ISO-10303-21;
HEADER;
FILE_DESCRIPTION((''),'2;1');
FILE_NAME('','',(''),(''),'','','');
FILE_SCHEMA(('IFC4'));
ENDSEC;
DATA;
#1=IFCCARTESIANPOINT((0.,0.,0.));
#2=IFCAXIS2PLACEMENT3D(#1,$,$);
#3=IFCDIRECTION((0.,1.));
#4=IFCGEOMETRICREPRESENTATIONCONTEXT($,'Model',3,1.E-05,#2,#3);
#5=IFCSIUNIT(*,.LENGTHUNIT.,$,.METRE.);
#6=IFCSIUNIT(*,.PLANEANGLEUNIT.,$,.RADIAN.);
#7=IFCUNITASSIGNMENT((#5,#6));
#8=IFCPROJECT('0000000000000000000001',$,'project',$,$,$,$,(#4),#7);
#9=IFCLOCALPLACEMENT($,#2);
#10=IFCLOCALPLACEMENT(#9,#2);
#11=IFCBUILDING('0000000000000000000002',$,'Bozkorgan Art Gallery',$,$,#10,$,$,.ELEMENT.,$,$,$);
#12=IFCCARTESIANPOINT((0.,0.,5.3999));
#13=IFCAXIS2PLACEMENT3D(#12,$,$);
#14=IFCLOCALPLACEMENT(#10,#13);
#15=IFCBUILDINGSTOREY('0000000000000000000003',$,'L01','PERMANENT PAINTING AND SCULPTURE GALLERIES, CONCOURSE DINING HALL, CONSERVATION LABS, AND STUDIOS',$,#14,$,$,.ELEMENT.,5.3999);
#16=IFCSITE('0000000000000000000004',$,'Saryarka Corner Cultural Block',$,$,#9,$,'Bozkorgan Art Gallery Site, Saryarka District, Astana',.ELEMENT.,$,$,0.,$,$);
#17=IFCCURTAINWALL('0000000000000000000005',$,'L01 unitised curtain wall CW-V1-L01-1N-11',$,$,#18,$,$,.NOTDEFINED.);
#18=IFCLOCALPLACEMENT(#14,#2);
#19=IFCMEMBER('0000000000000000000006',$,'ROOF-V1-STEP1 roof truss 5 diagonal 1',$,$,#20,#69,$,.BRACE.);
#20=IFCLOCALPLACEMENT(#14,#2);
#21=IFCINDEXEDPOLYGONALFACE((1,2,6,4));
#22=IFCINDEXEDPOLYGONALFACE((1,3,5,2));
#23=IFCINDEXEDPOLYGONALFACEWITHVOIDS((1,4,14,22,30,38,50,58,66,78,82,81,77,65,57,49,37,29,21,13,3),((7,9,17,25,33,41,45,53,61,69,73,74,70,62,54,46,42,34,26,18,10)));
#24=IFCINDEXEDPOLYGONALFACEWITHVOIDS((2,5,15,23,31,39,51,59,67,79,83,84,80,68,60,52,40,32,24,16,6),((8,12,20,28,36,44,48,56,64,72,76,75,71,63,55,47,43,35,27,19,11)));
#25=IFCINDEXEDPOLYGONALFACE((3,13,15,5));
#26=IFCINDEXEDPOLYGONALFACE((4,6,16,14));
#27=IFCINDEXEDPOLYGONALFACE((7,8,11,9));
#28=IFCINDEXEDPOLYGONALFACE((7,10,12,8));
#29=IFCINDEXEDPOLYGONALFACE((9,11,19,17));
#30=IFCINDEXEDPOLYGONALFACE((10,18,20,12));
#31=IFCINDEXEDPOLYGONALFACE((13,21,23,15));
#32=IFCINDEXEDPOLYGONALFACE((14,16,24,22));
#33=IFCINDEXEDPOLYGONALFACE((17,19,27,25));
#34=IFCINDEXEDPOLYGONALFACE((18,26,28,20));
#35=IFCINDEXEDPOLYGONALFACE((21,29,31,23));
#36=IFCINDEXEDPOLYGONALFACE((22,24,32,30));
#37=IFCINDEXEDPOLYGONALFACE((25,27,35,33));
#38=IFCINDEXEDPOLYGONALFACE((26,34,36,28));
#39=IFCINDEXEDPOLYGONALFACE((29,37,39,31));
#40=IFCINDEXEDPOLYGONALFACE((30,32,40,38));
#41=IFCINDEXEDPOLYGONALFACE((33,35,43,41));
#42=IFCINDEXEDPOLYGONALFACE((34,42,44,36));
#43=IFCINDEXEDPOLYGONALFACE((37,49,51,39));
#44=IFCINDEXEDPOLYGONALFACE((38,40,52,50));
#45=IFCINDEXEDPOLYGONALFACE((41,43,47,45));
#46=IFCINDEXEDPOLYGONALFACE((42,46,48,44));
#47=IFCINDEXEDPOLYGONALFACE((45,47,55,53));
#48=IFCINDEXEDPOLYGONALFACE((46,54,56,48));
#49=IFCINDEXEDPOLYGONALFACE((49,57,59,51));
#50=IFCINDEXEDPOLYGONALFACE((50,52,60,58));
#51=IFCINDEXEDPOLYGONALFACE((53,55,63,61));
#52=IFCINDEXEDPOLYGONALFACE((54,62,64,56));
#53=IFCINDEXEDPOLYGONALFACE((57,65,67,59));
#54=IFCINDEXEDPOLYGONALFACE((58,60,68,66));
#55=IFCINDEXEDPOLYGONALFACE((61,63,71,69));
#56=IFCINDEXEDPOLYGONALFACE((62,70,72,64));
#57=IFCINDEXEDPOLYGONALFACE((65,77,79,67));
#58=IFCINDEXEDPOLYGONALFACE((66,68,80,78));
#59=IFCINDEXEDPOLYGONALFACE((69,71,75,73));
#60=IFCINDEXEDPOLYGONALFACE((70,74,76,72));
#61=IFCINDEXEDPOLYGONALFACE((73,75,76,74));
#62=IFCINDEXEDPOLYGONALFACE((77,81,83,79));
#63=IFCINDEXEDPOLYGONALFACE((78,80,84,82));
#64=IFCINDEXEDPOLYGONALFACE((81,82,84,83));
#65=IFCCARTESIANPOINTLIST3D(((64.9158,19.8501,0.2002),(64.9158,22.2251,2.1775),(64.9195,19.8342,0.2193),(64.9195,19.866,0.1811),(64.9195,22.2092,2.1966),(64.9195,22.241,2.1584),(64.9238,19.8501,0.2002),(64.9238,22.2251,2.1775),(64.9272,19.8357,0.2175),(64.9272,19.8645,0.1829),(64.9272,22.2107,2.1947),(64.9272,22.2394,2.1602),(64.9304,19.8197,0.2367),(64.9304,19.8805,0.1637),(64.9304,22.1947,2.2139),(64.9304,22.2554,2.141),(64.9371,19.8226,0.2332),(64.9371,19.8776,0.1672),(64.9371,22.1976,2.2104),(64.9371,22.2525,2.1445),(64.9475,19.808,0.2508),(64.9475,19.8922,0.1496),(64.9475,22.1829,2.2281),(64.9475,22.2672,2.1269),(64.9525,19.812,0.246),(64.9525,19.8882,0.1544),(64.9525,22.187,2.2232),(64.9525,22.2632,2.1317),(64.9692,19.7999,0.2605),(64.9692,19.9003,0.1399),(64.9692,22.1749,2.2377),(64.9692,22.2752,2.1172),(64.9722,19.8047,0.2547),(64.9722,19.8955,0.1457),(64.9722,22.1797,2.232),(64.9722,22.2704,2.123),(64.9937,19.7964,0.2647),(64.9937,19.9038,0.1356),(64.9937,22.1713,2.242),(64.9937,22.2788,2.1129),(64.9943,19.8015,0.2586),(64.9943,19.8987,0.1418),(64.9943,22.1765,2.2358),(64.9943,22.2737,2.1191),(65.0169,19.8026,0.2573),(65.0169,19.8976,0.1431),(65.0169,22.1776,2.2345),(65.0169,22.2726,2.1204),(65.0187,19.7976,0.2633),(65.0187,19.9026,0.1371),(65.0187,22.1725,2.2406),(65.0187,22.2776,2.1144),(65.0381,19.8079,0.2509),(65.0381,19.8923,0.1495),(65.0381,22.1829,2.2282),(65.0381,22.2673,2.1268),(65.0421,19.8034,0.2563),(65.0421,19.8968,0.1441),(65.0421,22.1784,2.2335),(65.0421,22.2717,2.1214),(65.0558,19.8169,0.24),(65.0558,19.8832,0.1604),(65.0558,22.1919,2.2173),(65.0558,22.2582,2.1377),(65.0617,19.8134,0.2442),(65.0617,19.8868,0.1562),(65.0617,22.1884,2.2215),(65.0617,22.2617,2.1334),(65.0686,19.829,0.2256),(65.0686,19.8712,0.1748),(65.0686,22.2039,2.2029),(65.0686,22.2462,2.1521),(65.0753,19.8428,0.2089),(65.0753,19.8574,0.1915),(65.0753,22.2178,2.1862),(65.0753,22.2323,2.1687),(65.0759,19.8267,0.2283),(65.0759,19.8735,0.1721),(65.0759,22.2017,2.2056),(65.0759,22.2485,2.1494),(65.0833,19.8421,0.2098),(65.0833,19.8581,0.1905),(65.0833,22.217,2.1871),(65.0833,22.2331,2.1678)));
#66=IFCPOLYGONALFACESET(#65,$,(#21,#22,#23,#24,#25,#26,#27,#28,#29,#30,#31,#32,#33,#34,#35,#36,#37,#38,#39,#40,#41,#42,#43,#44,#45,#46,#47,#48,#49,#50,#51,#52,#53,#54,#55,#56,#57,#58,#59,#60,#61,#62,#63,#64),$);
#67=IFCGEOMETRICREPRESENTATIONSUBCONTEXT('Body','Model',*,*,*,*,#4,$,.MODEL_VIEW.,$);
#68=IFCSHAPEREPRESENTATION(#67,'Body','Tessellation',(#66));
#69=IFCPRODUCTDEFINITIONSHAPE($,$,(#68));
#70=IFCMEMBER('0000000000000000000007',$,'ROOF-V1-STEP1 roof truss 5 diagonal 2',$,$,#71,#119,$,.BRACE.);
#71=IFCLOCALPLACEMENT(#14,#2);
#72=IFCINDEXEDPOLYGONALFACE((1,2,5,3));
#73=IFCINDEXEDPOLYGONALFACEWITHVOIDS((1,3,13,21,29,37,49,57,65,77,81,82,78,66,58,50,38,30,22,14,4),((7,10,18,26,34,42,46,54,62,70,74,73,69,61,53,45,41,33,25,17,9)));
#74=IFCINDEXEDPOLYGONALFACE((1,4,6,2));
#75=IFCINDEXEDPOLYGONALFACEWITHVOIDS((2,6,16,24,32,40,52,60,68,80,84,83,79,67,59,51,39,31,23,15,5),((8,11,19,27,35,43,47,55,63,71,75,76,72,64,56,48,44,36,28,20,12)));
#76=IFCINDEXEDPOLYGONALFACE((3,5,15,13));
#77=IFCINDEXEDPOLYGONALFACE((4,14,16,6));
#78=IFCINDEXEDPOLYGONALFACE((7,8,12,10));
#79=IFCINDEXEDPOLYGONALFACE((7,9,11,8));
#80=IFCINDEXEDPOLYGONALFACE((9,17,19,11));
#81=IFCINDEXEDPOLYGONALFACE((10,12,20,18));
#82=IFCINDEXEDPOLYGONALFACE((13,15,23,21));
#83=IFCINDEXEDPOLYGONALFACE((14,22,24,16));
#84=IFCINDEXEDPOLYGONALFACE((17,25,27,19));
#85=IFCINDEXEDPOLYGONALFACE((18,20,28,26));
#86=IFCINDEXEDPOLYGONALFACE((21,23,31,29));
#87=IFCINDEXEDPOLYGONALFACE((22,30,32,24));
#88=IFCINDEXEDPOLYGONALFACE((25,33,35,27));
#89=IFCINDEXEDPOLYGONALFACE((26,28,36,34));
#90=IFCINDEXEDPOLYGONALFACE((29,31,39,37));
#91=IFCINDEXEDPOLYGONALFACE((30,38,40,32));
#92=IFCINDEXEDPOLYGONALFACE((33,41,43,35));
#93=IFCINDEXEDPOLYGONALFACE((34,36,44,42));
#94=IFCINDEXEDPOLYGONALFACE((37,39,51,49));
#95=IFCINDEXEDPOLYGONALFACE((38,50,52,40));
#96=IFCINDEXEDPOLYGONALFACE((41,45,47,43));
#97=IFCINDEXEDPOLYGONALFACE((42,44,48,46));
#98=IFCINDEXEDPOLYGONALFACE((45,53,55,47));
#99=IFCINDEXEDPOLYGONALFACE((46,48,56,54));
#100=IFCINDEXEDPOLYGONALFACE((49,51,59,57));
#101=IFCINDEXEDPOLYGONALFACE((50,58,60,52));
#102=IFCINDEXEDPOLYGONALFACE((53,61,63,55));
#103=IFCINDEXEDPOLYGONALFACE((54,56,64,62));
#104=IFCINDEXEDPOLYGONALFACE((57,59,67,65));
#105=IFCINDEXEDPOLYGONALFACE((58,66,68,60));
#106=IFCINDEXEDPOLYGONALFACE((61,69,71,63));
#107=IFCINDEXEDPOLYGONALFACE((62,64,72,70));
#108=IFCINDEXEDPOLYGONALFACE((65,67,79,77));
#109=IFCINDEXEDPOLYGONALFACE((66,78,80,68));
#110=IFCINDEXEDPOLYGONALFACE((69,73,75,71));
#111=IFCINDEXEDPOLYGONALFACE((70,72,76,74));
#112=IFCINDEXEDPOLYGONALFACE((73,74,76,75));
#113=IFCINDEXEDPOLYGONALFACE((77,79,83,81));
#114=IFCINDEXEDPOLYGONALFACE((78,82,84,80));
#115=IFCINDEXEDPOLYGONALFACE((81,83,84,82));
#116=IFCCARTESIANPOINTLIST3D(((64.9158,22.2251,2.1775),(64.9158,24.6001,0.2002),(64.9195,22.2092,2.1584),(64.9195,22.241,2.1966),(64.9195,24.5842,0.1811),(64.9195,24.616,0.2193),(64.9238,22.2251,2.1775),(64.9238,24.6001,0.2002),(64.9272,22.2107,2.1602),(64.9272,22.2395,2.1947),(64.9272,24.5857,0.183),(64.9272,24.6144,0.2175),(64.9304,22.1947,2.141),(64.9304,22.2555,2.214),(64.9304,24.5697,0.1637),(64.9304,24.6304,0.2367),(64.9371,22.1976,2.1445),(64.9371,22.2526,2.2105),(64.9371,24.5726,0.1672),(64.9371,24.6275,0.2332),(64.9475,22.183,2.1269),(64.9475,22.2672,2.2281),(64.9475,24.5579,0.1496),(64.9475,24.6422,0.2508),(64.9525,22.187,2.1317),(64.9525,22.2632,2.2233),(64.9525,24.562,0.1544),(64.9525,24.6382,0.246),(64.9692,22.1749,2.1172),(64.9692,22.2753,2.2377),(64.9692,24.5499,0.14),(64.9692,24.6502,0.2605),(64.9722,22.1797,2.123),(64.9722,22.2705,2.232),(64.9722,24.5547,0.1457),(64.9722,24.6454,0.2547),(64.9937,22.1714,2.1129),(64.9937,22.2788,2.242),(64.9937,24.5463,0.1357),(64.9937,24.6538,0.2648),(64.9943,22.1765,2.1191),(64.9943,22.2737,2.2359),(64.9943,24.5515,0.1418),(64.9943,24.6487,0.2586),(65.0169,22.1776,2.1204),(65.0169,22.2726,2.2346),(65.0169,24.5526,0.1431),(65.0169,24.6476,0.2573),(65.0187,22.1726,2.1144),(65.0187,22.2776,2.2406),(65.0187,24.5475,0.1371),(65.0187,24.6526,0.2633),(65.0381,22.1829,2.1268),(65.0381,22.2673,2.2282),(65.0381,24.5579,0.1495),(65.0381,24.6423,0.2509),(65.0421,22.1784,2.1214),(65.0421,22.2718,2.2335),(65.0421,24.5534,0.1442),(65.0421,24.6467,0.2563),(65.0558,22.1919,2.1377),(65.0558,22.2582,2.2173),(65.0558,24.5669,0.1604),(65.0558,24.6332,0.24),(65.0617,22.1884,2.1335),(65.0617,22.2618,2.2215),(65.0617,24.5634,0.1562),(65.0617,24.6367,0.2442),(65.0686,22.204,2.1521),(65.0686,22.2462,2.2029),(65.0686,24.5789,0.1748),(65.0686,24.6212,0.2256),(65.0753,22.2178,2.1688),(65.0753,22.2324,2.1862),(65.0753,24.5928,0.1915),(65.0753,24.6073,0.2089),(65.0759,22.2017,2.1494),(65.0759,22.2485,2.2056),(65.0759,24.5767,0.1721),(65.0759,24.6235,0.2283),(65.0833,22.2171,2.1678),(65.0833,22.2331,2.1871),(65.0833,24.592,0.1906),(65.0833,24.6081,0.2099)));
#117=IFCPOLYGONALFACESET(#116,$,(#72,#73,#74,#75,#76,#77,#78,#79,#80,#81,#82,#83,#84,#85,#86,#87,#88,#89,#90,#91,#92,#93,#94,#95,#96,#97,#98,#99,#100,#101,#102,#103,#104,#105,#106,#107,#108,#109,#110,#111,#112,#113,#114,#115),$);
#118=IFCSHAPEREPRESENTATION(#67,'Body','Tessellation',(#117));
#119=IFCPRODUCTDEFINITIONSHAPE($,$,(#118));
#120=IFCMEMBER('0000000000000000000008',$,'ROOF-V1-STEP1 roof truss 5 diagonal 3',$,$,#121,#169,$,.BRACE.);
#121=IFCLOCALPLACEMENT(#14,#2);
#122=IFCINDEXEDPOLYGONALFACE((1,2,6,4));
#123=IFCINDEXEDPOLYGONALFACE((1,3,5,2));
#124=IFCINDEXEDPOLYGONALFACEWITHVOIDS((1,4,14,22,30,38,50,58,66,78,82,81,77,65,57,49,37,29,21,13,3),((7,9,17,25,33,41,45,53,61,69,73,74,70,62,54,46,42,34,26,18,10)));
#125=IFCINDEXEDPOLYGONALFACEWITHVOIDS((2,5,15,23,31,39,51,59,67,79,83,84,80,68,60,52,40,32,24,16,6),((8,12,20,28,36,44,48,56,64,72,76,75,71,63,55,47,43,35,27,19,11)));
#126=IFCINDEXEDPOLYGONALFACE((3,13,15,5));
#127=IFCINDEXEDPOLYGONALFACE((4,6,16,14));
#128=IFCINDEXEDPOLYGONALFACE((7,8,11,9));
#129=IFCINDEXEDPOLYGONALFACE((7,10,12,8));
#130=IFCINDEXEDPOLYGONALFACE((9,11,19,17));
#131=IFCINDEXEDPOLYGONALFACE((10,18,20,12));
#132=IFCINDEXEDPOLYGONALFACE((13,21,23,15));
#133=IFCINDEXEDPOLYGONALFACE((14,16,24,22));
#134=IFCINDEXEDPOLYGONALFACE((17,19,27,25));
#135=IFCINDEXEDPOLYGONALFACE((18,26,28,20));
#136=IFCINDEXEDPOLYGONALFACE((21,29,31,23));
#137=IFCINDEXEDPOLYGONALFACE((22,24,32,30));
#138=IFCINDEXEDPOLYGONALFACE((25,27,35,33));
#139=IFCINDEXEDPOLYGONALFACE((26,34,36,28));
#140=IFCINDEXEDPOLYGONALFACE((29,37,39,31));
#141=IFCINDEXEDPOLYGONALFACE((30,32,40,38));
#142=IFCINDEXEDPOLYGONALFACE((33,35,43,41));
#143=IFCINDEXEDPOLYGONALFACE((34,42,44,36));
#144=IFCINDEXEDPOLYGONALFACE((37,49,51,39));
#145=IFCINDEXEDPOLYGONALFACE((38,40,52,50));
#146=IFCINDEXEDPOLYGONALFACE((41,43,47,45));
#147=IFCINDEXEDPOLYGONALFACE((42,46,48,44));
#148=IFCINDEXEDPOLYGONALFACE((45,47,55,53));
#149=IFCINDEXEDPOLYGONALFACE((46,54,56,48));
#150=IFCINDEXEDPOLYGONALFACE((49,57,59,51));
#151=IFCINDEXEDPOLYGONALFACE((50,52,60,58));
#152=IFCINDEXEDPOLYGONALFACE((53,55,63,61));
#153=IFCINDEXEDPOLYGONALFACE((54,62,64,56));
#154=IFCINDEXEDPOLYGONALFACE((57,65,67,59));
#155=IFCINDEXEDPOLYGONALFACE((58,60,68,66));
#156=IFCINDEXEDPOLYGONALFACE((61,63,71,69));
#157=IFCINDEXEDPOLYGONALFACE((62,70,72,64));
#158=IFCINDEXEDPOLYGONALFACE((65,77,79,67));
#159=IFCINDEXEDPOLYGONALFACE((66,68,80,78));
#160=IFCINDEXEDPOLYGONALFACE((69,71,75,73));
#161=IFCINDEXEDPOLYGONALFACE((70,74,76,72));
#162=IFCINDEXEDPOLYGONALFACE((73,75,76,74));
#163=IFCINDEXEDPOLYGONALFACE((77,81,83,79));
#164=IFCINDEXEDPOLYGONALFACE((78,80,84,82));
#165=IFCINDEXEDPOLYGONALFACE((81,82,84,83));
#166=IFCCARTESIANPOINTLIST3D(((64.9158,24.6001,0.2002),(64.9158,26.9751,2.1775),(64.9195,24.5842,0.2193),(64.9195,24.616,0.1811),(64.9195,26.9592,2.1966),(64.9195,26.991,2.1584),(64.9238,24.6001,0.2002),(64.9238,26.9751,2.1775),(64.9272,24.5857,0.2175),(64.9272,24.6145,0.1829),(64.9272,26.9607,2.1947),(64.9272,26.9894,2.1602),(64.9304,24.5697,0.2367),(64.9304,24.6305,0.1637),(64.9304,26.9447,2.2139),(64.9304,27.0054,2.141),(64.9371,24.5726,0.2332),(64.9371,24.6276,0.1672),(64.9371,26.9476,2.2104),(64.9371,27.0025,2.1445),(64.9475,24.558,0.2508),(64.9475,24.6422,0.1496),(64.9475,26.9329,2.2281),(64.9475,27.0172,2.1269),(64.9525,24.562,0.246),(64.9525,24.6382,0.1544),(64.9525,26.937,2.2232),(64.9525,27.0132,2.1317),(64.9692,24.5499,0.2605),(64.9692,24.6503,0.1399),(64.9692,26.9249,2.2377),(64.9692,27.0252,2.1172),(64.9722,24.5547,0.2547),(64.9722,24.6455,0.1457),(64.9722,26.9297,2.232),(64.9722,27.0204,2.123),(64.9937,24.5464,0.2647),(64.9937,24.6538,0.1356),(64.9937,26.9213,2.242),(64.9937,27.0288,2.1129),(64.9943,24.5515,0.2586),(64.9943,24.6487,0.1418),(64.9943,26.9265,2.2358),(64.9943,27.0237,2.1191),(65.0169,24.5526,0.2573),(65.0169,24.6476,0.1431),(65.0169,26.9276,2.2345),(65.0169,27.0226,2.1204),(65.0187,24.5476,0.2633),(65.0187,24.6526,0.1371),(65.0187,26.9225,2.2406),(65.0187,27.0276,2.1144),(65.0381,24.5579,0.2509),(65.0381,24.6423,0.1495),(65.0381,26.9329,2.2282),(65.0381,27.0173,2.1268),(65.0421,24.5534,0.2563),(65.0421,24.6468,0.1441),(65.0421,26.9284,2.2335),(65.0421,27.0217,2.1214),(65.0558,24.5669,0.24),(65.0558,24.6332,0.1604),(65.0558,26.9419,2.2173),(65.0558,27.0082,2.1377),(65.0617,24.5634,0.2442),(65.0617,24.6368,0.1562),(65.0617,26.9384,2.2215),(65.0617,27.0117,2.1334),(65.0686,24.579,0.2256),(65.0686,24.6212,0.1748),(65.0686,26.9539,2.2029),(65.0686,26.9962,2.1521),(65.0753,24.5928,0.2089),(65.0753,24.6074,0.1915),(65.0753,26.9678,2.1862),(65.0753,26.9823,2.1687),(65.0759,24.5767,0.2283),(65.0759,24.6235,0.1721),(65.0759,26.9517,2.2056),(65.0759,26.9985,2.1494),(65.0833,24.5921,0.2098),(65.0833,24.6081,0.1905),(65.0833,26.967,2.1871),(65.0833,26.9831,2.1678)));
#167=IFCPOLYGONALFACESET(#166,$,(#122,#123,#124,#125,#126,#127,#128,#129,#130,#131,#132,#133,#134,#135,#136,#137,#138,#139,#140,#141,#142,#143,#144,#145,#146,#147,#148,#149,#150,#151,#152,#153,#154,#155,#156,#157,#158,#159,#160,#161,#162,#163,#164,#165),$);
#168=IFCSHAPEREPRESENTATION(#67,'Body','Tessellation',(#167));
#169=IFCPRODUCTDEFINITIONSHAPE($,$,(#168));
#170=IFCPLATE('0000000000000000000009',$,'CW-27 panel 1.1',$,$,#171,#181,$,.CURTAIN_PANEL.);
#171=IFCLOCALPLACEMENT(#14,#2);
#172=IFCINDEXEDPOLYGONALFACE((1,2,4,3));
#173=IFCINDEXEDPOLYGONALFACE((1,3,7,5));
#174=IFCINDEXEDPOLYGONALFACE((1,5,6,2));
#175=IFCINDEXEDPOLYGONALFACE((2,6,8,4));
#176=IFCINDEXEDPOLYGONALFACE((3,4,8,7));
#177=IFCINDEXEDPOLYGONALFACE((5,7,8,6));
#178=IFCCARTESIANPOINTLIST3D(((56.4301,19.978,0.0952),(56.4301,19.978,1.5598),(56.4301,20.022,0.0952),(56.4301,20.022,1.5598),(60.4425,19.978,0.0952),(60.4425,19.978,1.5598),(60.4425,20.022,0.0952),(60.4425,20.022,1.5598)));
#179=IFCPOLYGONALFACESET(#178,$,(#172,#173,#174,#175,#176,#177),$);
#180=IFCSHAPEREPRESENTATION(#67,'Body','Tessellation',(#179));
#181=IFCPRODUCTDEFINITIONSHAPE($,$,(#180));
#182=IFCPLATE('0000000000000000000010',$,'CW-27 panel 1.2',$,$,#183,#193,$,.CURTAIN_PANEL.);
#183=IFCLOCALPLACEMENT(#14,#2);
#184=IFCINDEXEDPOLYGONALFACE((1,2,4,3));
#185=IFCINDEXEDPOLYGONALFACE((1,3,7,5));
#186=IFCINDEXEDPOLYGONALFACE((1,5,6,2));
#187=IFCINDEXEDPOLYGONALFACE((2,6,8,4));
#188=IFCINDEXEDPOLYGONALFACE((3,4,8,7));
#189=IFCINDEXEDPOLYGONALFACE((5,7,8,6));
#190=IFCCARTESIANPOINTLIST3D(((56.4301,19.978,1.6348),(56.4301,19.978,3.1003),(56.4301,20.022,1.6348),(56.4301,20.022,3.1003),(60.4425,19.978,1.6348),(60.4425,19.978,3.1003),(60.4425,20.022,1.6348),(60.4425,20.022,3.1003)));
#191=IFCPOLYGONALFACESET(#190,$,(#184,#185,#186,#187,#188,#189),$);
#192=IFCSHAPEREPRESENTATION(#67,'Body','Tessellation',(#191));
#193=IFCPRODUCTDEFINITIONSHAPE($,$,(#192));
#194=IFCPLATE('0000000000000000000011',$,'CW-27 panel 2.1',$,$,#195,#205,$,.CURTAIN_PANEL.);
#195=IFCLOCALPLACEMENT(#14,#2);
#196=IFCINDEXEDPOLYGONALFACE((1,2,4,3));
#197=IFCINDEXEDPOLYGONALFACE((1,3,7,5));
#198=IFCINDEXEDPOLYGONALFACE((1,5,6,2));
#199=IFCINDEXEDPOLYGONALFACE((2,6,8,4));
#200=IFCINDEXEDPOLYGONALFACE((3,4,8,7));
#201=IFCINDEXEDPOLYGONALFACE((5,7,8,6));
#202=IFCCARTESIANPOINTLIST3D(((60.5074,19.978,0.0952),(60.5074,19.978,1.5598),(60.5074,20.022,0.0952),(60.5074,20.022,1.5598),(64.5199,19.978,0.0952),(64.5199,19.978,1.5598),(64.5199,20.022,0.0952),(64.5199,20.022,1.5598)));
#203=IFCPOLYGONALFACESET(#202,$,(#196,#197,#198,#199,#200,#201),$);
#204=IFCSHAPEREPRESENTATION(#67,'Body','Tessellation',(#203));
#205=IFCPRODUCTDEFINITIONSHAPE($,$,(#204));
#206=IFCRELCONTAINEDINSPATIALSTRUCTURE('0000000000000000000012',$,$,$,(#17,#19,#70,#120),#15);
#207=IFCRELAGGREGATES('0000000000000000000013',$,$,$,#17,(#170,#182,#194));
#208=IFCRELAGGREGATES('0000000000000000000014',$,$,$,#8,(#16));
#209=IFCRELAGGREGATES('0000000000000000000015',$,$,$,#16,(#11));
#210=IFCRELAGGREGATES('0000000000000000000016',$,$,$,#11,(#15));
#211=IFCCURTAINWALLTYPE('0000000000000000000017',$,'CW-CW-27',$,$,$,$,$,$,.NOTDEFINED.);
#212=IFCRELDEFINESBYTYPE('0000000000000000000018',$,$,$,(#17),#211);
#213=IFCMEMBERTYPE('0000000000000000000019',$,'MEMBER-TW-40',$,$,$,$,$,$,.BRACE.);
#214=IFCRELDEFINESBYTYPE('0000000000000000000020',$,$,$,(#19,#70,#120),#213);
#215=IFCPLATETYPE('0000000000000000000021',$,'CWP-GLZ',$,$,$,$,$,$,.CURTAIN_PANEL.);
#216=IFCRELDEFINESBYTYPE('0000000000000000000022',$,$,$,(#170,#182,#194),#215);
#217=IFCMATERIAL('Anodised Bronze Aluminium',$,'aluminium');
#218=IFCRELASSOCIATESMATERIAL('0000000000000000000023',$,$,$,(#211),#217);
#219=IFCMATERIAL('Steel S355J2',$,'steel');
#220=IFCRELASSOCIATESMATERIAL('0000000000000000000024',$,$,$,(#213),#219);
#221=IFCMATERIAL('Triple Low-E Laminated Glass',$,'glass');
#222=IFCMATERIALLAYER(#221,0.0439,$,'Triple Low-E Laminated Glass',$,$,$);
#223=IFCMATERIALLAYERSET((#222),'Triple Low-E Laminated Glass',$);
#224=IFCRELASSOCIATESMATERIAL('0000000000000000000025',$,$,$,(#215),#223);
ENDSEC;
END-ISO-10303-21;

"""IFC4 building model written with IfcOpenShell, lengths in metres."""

from ifc_helpers import new_model, si_unit, direction, frame, origin, origin_2d, place, context, subcontext, project, spatial, rectangle, hollow_circle, extrude, material, layer, layer_set, material_profile, profile_set, type_object, element, aggregate, save


model = new_model("IFC4")

# Units and contexts
model_context = context("Model", 3, precision=1e-05, world=origin(), true_north=direction((0.0, 1.0)))
body_context = subcontext(model_context, "Body", "Model", "MODEL_VIEW")
ifc_project = project(units=[si_unit("LENGTHUNIT", "METRE"), si_unit("PLANEANGLEUNIT", "RADIAN")], contexts=[model_context])

# Site, building, storey
site_placement = place(None, origin())
site = spatial("IfcSite", under=ifc_project, at=site_placement, Name="Saryarka Corner Cultural Block", LongName="Bozkorgan Art Gallery Site, Saryarka District, Astana", CompositionType="ELEMENT", RefElevation=0.0)
building_placement = place(site_placement, origin())
building = spatial("IfcBuilding", under=site, at=building_placement, Name="Bozkorgan Art Gallery", CompositionType="ELEMENT")
storey_placement = place(building_placement, frame((0.0, 0.0, 5.3999)))
storey = spatial("IfcBuildingStorey", under=building, at=storey_placement, Name="L01", Description="PERMANENT PAINTING AND SCULPTURE GALLERIES, CONCOURSE DINING HALL, CONSERVATION LABS, AND STUDIOS", CompositionType="ELEMENT", Elevation=5.3999)

# Shared definitions
ifc_material_1 = material(Name="Steel S355J2", Category="steel")

# Curtain wall
ifc_material_2 = material(Name="Anodised Bronze Aluminium", Category="aluminium")
curtain_wall_type = type_object("IfcCurtainWallType", Name="CW-CW-27", PredefinedType="NOTDEFINED", material=ifc_material_2)
curtain_wall_placement = place(storey_placement, origin())
curtain_wall = element("IfcCurtainWall", 1, at=curtain_wall_placement, inside=storey, type_object=curtain_wall_type, Name="L01 unitised curtain wall CW-V1-L01-1N-11", PredefinedType="NOTDEFINED")

# Members
ifc_material_profile_1 = material_profile(ifc_material_1, hollow_circle(Radius=0.0842, WallThickness=0.0081, at=origin_2d()), Name="CHS 168.3x8")
ifc_profile_set_1 = profile_set([ifc_material_profile_1], Name="Steel S355J2")
member_type_1 = type_object("IfcMemberType", Name="MEMBER-TW-40", PredefinedType="BRACE", material=ifc_profile_set_1)
for number, where, z_axis, x_axis, name in (
    (2, (65.0, 19.8501, 0.2002), (0.0, 0.768519, 0.639827), (-1.0, 0.0, 0.0), "ROOF-V1-STEP1 roof truss 5 diagonal 1"),
    (3, (65.0, 22.2251, 2.1775), (0.0, 0.768519, -0.639827), (-1.0, 0.0, 0.0), "ROOF-V1-STEP1 roof truss 5 diagonal 2"),
    (4, (65.0, 24.6001, 0.2002), (0.0, 0.768519, 0.639827), (-1.0, 0.0, 0.0), "ROOF-V1-STEP1 roof truss 5 diagonal 3"),
):
    element("IfcMember", number, at=place(storey_placement, frame(where, z_axis=z_axis, x_axis=x_axis)), inside=storey, type_object=member_type_1, Name=name, PredefinedType="BRACE", context=body_context, shape_type="SweptSolid", body=[
        extrude(hollow_circle(Radius=0.0842, WallThickness=0.0081, at=origin_2d()), origin(), (0.0, 0.0, 1.0), 3.0903),
    ])

# Plates
ifc_material_3 = material(Name="Triple Low-E Laminated Glass", Category="glass")
ifc_layer_1 = layer(ifc_material_3, 0.0439, Name="Triple Low-E Laminated Glass")
ifc_layer_set_1 = layer_set([ifc_layer_1], Name="Triple Low-E Laminated Glass")
plate_type_1 = type_object("IfcPlateType", Name="CWP-GLZ", PredefinedType="CURTAIN_PANEL", material=ifc_layer_set_1)
plate_1_placement = place(storey_placement, frame((58.4363, 20.0, 0.0952), z_axis=(0.0, 0.0, 1.0), x_axis=(1.0, 0.0, 0.0)))
plate_1 = element("IfcPlate", 5, at=plate_1_placement, type_object=plate_type_1, Name="CW-27 panel 1.1", PredefinedType="CURTAIN_PANEL", context=body_context, shape_type="SweptSolid", body=[
    extrude(rectangle(XDim=4.0125, YDim=0.0439, at=origin_2d()), origin(), (0.0, 0.0, 1.0), 1.4646),
])
plate_2_placement = place(storey_placement, frame((58.4363, 20.0, 1.6348), z_axis=(0.0, 0.0, 1.0), x_axis=(1.0, 0.0, 0.0)))
plate_2 = element("IfcPlate", 6, at=plate_2_placement, type_object=plate_type_1, Name="CW-27 panel 1.2", PredefinedType="CURTAIN_PANEL", context=body_context, shape_type="SweptSolid", body=[
    extrude(rectangle(XDim=4.0125, YDim=0.0439, at=origin_2d()), origin(), (0.0, 0.0, 1.0), 1.4656),
])
plate_3_placement = place(storey_placement, frame((62.5137, 20.0, 0.0952), z_axis=(0.0, 0.0, 1.0), x_axis=(1.0, 0.0, 0.0)))
plate_3 = element("IfcPlate", 7, at=plate_3_placement, type_object=plate_type_1, Name="CW-27 panel 2.1", PredefinedType="CURTAIN_PANEL", context=body_context, shape_type="SweptSolid", body=[
    extrude(rectangle(XDim=4.0125, YDim=0.0439, at=origin_2d()), origin(), (0.0, 0.0, 1.0), 1.4646),
])
aggregate(curtain_wall, [plate_1, plate_2, plate_3])

save(model, "model.ifc")
